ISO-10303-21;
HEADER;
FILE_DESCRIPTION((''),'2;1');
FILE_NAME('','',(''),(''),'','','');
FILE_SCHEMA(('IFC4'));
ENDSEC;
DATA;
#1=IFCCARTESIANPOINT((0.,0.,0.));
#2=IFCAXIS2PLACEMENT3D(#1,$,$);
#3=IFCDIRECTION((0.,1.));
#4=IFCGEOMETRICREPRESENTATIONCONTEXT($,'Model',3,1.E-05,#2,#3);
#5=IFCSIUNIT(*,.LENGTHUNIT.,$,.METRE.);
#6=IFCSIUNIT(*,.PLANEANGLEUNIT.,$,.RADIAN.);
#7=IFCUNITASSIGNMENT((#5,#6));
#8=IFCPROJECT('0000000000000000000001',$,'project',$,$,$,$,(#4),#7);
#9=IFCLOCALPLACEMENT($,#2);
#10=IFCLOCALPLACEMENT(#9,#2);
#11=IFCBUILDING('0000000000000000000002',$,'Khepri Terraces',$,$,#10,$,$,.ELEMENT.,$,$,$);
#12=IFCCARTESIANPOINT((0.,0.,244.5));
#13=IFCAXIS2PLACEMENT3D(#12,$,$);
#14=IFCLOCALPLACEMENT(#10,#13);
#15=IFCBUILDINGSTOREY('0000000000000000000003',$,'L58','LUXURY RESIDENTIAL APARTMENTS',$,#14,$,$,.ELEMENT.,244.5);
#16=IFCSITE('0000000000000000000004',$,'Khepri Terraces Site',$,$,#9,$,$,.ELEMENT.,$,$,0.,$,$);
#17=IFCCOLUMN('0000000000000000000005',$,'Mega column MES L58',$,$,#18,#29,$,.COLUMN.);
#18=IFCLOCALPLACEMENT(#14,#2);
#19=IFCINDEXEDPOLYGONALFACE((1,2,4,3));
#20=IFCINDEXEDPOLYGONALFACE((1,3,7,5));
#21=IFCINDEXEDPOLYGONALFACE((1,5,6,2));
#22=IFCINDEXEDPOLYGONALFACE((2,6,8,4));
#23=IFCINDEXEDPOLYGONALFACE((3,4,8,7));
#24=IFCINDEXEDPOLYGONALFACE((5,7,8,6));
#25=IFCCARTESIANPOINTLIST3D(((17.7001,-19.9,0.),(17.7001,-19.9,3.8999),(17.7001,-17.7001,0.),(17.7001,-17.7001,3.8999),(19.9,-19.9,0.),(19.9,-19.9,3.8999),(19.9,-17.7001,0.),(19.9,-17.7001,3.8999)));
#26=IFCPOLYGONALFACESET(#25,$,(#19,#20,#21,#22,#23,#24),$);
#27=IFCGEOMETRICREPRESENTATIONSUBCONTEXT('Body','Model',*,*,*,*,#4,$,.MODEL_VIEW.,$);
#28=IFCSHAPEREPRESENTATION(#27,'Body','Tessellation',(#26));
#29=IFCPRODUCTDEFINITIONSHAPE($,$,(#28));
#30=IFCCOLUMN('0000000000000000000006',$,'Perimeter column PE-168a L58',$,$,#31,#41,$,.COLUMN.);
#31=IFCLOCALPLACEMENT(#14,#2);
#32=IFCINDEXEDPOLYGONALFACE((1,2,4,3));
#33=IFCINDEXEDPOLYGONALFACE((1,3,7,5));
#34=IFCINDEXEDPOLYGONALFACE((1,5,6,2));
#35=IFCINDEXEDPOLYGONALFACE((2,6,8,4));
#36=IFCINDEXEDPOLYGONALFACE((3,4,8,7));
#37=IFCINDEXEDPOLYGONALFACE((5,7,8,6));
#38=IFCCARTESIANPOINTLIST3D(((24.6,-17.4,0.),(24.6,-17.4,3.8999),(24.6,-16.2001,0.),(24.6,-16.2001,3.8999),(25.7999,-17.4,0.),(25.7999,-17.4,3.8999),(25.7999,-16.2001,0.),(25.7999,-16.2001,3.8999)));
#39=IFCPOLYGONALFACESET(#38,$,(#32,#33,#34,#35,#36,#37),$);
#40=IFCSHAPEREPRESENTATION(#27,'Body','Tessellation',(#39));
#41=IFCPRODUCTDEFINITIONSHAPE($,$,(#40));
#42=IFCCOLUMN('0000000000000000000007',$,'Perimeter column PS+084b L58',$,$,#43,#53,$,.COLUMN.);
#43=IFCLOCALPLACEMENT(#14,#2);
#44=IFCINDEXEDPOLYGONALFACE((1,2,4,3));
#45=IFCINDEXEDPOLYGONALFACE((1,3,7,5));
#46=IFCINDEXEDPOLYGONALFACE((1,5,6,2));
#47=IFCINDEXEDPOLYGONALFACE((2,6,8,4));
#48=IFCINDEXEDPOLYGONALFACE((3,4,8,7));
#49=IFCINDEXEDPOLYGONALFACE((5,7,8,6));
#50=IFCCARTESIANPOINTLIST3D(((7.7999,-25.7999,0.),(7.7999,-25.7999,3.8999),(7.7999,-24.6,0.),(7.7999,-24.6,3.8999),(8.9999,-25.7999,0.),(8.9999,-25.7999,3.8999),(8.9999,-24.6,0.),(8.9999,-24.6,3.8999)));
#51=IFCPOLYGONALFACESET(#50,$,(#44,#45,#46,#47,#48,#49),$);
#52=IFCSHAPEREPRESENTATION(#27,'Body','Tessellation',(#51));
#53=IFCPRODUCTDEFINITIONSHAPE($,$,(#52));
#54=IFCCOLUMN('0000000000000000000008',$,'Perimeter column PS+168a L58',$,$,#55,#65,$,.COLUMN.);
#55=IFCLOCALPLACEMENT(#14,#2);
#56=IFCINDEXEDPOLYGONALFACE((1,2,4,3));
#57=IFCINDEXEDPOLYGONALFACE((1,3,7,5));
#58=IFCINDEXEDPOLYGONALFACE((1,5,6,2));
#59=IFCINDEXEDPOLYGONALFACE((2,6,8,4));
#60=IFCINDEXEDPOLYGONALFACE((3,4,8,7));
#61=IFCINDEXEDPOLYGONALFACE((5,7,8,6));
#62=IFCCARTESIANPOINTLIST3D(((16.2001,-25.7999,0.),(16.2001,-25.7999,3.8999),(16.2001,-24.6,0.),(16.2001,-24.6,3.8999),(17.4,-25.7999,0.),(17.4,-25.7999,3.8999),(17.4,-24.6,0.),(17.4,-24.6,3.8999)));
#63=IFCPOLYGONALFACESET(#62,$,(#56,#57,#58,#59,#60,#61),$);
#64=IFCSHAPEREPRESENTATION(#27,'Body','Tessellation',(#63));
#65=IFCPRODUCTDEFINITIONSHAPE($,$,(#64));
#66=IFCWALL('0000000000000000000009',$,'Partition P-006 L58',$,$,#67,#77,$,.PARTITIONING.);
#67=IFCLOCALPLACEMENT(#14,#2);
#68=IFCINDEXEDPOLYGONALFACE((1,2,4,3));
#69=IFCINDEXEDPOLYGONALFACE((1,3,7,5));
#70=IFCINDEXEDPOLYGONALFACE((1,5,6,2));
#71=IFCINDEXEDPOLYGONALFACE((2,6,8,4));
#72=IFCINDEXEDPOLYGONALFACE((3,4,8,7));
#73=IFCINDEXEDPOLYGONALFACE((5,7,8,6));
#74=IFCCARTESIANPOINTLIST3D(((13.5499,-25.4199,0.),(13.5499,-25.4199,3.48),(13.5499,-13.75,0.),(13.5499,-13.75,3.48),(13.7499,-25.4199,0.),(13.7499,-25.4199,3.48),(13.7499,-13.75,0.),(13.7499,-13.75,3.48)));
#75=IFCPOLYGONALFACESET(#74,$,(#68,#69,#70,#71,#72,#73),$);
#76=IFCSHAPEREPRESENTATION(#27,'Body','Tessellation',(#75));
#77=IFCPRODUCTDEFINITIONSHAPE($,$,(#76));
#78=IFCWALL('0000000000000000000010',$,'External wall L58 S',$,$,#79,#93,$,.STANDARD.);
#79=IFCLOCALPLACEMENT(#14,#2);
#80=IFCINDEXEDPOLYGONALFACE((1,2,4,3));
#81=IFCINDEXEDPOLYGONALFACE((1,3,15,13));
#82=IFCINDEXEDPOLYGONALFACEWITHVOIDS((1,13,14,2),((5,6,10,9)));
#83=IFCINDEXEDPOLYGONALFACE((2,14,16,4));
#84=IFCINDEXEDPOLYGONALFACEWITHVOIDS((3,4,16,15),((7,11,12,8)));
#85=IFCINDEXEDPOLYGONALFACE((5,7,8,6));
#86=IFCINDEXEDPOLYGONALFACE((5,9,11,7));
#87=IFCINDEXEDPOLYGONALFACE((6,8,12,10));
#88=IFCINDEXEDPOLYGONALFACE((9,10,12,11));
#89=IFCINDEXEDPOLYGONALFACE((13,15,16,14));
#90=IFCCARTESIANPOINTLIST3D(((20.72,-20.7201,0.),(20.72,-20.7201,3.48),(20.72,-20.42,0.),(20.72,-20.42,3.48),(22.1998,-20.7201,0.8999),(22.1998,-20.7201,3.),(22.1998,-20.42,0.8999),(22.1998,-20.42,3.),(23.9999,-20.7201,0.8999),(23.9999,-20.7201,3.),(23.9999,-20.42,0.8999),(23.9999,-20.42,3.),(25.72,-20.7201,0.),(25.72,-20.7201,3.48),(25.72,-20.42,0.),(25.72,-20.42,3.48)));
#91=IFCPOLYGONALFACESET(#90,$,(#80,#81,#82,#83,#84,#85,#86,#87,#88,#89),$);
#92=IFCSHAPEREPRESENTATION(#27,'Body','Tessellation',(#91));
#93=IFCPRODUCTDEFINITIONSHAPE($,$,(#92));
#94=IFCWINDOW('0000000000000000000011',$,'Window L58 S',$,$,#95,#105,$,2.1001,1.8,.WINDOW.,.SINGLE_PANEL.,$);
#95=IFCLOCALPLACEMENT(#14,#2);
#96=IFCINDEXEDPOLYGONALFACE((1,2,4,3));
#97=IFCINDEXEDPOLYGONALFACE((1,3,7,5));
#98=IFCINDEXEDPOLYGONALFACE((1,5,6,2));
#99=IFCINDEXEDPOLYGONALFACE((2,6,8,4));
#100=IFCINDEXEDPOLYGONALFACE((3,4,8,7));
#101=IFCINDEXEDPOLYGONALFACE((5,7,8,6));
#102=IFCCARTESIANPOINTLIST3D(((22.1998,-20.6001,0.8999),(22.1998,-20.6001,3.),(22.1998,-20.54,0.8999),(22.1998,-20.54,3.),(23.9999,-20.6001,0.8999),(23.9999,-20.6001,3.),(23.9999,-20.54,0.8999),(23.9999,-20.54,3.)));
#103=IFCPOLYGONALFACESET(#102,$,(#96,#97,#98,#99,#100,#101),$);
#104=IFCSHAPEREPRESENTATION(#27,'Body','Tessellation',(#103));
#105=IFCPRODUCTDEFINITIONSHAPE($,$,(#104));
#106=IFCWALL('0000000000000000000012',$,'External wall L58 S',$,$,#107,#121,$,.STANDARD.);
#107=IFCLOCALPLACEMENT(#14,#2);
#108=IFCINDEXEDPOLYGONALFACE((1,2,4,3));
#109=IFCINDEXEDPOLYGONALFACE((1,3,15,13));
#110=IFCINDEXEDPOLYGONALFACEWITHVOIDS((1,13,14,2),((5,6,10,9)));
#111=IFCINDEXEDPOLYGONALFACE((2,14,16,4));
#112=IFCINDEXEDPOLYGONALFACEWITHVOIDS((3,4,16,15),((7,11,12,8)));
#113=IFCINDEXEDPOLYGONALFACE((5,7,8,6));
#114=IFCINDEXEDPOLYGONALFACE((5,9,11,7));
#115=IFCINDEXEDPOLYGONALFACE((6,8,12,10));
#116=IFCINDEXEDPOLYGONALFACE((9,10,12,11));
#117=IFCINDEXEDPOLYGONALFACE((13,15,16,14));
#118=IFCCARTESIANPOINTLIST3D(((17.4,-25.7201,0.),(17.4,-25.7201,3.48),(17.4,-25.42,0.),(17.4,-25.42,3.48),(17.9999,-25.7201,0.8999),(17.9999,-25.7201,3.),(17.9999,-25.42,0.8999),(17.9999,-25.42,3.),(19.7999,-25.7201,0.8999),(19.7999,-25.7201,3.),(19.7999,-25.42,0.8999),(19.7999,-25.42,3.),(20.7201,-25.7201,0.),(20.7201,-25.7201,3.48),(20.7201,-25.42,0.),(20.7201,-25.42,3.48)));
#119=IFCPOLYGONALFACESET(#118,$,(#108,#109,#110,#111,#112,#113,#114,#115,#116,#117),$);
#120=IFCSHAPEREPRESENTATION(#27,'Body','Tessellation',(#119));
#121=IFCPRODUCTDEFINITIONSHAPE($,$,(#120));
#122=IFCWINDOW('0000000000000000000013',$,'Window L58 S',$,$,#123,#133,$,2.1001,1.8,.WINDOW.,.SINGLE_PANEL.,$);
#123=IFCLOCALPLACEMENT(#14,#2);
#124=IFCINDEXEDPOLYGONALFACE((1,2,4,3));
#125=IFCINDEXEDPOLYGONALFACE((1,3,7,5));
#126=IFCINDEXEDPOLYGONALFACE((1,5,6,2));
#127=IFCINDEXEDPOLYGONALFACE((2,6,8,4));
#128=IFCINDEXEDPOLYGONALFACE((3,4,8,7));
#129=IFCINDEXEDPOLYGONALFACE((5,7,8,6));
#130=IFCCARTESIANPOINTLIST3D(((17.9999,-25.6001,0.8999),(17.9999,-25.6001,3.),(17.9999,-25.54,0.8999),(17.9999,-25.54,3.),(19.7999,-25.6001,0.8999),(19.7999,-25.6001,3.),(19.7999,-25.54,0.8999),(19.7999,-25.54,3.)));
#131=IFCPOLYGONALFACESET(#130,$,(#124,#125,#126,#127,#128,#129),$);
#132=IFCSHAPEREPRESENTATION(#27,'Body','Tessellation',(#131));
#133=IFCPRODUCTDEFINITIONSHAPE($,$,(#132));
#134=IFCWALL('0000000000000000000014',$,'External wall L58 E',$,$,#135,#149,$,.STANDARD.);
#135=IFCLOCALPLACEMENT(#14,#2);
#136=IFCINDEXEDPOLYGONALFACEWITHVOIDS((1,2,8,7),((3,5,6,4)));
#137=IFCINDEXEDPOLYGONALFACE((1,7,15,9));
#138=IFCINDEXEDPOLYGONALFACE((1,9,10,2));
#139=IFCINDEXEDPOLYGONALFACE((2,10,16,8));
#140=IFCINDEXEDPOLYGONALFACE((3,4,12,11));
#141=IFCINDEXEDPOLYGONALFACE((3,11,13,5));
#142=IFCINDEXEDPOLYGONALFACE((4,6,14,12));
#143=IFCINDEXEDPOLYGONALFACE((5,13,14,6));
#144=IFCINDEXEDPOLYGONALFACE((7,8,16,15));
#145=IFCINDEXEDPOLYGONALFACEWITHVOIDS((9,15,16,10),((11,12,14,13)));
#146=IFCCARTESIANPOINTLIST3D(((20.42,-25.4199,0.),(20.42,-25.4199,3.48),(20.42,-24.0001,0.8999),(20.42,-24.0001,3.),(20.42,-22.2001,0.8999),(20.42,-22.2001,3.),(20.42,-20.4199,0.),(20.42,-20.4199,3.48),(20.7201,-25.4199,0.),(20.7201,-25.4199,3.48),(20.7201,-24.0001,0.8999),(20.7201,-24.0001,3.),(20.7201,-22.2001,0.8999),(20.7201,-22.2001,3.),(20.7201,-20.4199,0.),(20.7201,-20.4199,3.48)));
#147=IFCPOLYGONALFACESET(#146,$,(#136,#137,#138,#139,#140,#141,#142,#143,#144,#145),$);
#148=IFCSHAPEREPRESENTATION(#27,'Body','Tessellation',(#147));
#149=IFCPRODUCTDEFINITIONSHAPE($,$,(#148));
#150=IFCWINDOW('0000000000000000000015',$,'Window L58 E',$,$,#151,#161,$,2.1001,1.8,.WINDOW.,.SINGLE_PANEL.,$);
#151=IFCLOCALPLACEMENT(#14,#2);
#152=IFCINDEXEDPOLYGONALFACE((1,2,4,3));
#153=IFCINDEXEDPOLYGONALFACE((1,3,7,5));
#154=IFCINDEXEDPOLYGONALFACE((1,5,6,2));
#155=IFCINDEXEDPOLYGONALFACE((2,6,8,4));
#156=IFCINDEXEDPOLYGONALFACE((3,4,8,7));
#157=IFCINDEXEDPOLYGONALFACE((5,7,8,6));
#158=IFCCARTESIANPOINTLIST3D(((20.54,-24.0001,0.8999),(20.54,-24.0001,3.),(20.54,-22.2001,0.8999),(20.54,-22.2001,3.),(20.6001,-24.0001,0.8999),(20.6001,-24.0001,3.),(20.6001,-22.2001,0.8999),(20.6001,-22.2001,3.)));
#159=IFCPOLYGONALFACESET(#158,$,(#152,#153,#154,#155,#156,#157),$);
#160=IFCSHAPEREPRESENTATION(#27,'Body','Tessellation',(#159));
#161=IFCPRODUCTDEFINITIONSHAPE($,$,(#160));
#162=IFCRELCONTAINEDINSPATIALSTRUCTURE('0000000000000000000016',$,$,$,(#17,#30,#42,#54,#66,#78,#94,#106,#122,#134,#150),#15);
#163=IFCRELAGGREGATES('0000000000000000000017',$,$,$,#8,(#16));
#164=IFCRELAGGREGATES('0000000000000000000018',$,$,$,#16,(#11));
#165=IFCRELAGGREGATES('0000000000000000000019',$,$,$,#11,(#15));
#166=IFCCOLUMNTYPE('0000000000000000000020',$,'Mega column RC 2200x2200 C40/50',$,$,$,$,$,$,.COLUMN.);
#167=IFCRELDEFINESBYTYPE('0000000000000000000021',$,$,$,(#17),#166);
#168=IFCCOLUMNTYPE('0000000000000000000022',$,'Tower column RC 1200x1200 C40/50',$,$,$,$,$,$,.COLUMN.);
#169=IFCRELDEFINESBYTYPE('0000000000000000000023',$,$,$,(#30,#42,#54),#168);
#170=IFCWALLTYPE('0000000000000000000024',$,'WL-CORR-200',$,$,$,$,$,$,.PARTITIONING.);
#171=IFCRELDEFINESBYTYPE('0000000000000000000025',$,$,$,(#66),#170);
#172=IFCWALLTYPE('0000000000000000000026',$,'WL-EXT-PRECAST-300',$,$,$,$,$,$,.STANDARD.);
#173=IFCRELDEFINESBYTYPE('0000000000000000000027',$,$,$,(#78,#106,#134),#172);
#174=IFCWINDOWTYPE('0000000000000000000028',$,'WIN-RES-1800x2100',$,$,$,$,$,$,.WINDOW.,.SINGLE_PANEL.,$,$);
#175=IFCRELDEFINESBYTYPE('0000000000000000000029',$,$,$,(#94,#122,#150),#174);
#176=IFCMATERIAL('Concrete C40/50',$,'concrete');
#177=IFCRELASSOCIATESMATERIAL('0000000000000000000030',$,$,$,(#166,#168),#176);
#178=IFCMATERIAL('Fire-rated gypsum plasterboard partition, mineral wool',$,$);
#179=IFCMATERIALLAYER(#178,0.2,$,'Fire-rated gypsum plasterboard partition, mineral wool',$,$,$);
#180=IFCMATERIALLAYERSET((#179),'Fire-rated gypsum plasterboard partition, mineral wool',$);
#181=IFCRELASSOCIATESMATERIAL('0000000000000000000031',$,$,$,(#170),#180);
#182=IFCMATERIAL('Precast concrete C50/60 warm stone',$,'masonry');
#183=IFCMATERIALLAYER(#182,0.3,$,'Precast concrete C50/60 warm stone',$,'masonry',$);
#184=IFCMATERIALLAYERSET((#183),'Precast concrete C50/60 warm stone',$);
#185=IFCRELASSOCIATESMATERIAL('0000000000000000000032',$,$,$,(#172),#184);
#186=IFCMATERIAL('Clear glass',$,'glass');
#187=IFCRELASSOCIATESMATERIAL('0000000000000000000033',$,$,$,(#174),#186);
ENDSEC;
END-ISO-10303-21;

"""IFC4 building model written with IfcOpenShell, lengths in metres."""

from ifc_helpers import new_model, si_unit, direction, frame, frame_2d, origin, origin_2d, place, context, subcontext, project, spatial, rectangle, extrude, material, layer, layer_set, material_profile, profile_set, type_object, element, fill, save


model = new_model("IFC4")

# Units and contexts
model_context = context("Model", 3, precision=1e-05, world=origin(), true_north=direction((0.0, 1.0)))
body_context = subcontext(model_context, "Body", "Model", "MODEL_VIEW")
ifc_project = project(units=[si_unit("LENGTHUNIT", "METRE"), si_unit("PLANEANGLEUNIT", "RADIAN")], contexts=[model_context])

# Site, building, storey
site_placement = place(None, origin())
site = spatial("IfcSite", under=ifc_project, at=site_placement, Name="Khepri Terraces Site", CompositionType="ELEMENT", RefElevation=0.0)
building_placement = place(site_placement, origin())
building = spatial("IfcBuilding", under=site, at=building_placement, Name="Khepri Terraces", CompositionType="ELEMENT")
storey_placement = place(building_placement, frame((0.0, 0.0, 244.5)))
storey = spatial("IfcBuildingStorey", under=building, at=storey_placement, Name="L58", Description="LUXURY RESIDENTIAL APARTMENTS", CompositionType="ELEMENT", Elevation=244.5)

# Columns
ifc_material_1 = material(Name="Concrete C40/50", Category="concrete")
ifc_material_profile_1 = material_profile(ifc_material_1, rectangle(XDim=2.2, YDim=2.2, at=origin_2d()), Name="Concrete C40/50", Category="concrete")
ifc_profile_set_1 = profile_set([ifc_material_profile_1], Name="Concrete C40/50")
column_type_1 = type_object("IfcColumnType", Name="Mega column RC 2200x2200 C40/50", PredefinedType="COLUMN", material=ifc_profile_set_1)
column_placement = place(storey_placement, frame((18.8, -18.8, 0.0), z_axis=(0.0, 0.0, 1.0), x_axis=(1.0, 0.0, 0.0)))
element("IfcColumn", 1, at=column_placement, inside=storey, type_object=column_type_1, Name="Mega column MES L58", PredefinedType="COLUMN", context=body_context, shape_type="SweptSolid", body=[
    extrude(rectangle(XDim=2.2, YDim=2.2, at=origin_2d()), origin(), (0.0, 0.0, 1.0), 3.8999),
])
ifc_material_profile_2 = material_profile(ifc_material_1, rectangle(XDim=1.2, YDim=1.2, at=origin_2d()), Name="Concrete C40/50", Category="concrete")
ifc_profile_set_2 = profile_set([ifc_material_profile_2], Name="Concrete C40/50")
column_type_2 = type_object("IfcColumnType", Name="Tower column RC 1200x1200 C40/50", PredefinedType="COLUMN", material=ifc_profile_set_2)
for number, where, z_axis, x_axis, name in (
    (2, (25.2, -16.8, 0.0), (0.0, 0.0, 1.0), (1.0, 0.0, 0.0), "Perimeter column PE-168a L58"),
    (3, (8.3999, -25.2, 0.0), (0.0, 0.0, 1.0), (1.0, 0.0, 0.0), "Perimeter column PS+084b L58"),
    (4, (16.8, -25.2, 0.0), (0.0, 0.0, 1.0), (1.0, 0.0, 0.0), "Perimeter column PS+168a L58"),
):
    element("IfcColumn", number, at=place(storey_placement, frame(where, z_axis=z_axis, x_axis=x_axis)), inside=storey, type_object=column_type_2, Name=name, PredefinedType="COLUMN", context=body_context, shape_type="SweptSolid", body=[
        extrude(rectangle(XDim=1.2, YDim=1.2, at=origin_2d()), origin(), (0.0, 0.0, 1.0), 3.8999),
    ])

# Wall
ifc_material_2 = material(Name="Fire-rated gypsum plasterboard partition, mineral wool")
ifc_layer_1 = layer(ifc_material_2, 0.2, Name="Fire-rated gypsum plasterboard partition, mineral wool")
ifc_layer_set_1 = layer_set([ifc_layer_1], Name="Fire-rated gypsum plasterboard partition, mineral wool")
wall_type_1 = type_object("IfcWallType", Name="WL-CORR-200", PredefinedType="PARTITIONING", material=ifc_layer_set_1)
wall_1_placement = place(storey_placement, frame((13.6499, -25.4199, 0.0), z_axis=(0.0, 0.0, 1.0), x_axis=(0.0, 1.0, 0.0)))
element("IfcWall", 5, at=wall_1_placement, inside=storey, type_object=wall_type_1, Name="Partition P-006 L58", PredefinedType="PARTITIONING", context=body_context, shape_type="SweptSolid", body=[
    extrude(rectangle(XDim=11.6699, YDim=0.2, at=frame_2d((5.835, 0.0))), origin(), (0.0, 0.0, 1.0), 3.48),
])

# Wall, opening, window
ifc_material_3 = material(Name="Precast concrete C50/60 warm stone", Category="masonry")
ifc_layer_2 = layer(ifc_material_3, 0.3, Name="Precast concrete C50/60 warm stone", Category="masonry")
ifc_layer_set_2 = layer_set([ifc_layer_2], Name="Precast concrete C50/60 warm stone")
wall_type_2 = type_object("IfcWallType", Name="WL-EXT-PRECAST-300", PredefinedType="STANDARD", material=ifc_layer_set_2)
wall_2_placement = place(storey_placement, frame((20.72, -20.5701, 0.0), z_axis=(0.0, 0.0, 1.0), x_axis=(1.0, 0.0, 0.0)))
wall_2 = element("IfcWall", 6, at=wall_2_placement, inside=storey, type_object=wall_type_2, Name="External wall L58 S", PredefinedType="STANDARD", context=body_context, shape_type="SweptSolid", body=[
    extrude(rectangle(XDim=5.0, YDim=0.3, at=frame_2d((2.5, 0.0))), origin(), (0.0, 0.0, 1.0), 3.48),
])
opening_1_placement = place(wall_2_placement, frame((1.48, 0.0, 0.8999)))
opening_1 = element("IfcOpeningElement", 7, at=opening_1_placement, cuts=wall_2, PredefinedType="OPENING", context=body_context, shape_type="SweptSolid", body=[
    extrude(rectangle(XDim=1.8, YDim=2.1001, at=frame_2d((0.8999, 1.05))), frame((0.0, 0.1602, 0.0), z_axis=(0.0, -1.0, 0.0), x_axis=(1.0, 0.0, 0.0)), (0.0, 0.0, 1.0), 0.3201),
])
ifc_material_4 = material(Name="Clear glass", Category="glass")
window_type = type_object("IfcWindowType", Name="WIN-RES-1800x2100", PartitioningType="SINGLE_PANEL", PredefinedType="WINDOW", material=ifc_material_4)
window_1_placement = place(opening_1_placement, origin())
window_1 = element("IfcWindow", 8, at=window_1_placement, inside=storey, type_object=window_type, Name="Window L58 S", OverallHeight=2.1001, OverallWidth=1.8, PartitioningType="SINGLE_PANEL", PredefinedType="WINDOW", context=body_context, shape_type="SweptSolid", body=[
    extrude(rectangle(XDim=1.8, YDim=2.1001, at=frame_2d((0.8999, 1.05))), frame((0.0, 0.03, 0.0), z_axis=(0.0, -1.0, 0.0), x_axis=(1.0, 0.0, 0.0)), (0.0, 0.0, 1.0), 0.0601),
])
fill(opening_1, window_1)

# Walls, openings, windows
wall_3_placement = place(storey_placement, frame((17.3999, -25.5701, 0.0), z_axis=(0.0, 0.0, 1.0), x_axis=(1.0, 0.0, 0.0)))
wall_3 = element("IfcWall", 9, at=wall_3_placement, inside=storey, type_object=wall_type_2, Name="External wall L58 S", PredefinedType="STANDARD", context=body_context, shape_type="SweptSolid", body=[
    extrude(rectangle(XDim=3.3201, YDim=0.3, at=frame_2d((1.6602, 0.0))), origin(), (0.0, 0.0, 1.0), 3.48),
])
opening_2_placement = place(wall_3_placement, frame((0.6001, 0.0, 0.8999)))
opening_2 = element("IfcOpeningElement", 10, at=opening_2_placement, cuts=wall_3, PredefinedType="OPENING", context=body_context, shape_type="SweptSolid", body=[
    extrude(rectangle(XDim=1.8, YDim=2.1001, at=frame_2d((0.8999, 1.05))), frame((0.0, 0.1602, 0.0), z_axis=(0.0, -1.0, 0.0), x_axis=(1.0, 0.0, 0.0)), (0.0, 0.0, 1.0), 0.3201),
])
window_2_placement = place(opening_2_placement, origin())
window_2 = element("IfcWindow", 11, at=window_2_placement, inside=storey, type_object=window_type, Name="Window L58 S", OverallHeight=2.1001, OverallWidth=1.8, PartitioningType="SINGLE_PANEL", PredefinedType="WINDOW", context=body_context, shape_type="SweptSolid", body=[
    extrude(rectangle(XDim=1.8, YDim=2.1001, at=frame_2d((0.8999, 1.05))), frame((0.0, 0.03, 0.0), z_axis=(0.0, -1.0, 0.0), x_axis=(1.0, 0.0, 0.0)), (0.0, 0.0, 1.0), 0.0601),
])
fill(opening_2, window_2)
wall_4_placement = place(storey_placement, frame((20.5701, -25.4199, 0.0), z_axis=(0.0, 0.0, 1.0), x_axis=(0.0, 1.0, 0.0)))
wall_4 = element("IfcWall", 12, at=wall_4_placement, inside=storey, type_object=wall_type_2, Name="External wall L58 E", PredefinedType="STANDARD", context=body_context, shape_type="SweptSolid", body=[
    extrude(rectangle(XDim=5.0, YDim=0.3, at=frame_2d((2.5, 0.0))), origin(), (0.0, 0.0, 1.0), 3.48),
])
opening_3_placement = place(wall_4_placement, frame((1.4199, 0.0, 0.8999)))
opening_3 = element("IfcOpeningElement", 13, at=opening_3_placement, cuts=wall_4, PredefinedType="OPENING", context=body_context, shape_type="SweptSolid", body=[
    extrude(rectangle(XDim=1.8, YDim=2.1001, at=frame_2d((0.8999, 1.05))), frame((0.0, 0.1602, 0.0), z_axis=(0.0, -1.0, 0.0), x_axis=(1.0, 0.0, 0.0)), (0.0, 0.0, 1.0), 0.3201),
])
window_3_placement = place(opening_3_placement, origin())
window_3 = element("IfcWindow", 14, at=window_3_placement, inside=storey, type_object=window_type, Name="Window L58 E", OverallHeight=2.1001, OverallWidth=1.8, PartitioningType="SINGLE_PANEL", PredefinedType="WINDOW", context=body_context, shape_type="SweptSolid", body=[
    extrude(rectangle(XDim=1.8, YDim=2.1001, at=frame_2d((0.8999, 1.05))), frame((0.0, 0.03, 0.0), z_axis=(0.0, -1.0, 0.0), x_axis=(1.0, 0.0, 0.0)), (0.0, 0.0, 1.0), 0.0601),
])
fill(opening_3, window_3)

save(model, "model.ifc")
